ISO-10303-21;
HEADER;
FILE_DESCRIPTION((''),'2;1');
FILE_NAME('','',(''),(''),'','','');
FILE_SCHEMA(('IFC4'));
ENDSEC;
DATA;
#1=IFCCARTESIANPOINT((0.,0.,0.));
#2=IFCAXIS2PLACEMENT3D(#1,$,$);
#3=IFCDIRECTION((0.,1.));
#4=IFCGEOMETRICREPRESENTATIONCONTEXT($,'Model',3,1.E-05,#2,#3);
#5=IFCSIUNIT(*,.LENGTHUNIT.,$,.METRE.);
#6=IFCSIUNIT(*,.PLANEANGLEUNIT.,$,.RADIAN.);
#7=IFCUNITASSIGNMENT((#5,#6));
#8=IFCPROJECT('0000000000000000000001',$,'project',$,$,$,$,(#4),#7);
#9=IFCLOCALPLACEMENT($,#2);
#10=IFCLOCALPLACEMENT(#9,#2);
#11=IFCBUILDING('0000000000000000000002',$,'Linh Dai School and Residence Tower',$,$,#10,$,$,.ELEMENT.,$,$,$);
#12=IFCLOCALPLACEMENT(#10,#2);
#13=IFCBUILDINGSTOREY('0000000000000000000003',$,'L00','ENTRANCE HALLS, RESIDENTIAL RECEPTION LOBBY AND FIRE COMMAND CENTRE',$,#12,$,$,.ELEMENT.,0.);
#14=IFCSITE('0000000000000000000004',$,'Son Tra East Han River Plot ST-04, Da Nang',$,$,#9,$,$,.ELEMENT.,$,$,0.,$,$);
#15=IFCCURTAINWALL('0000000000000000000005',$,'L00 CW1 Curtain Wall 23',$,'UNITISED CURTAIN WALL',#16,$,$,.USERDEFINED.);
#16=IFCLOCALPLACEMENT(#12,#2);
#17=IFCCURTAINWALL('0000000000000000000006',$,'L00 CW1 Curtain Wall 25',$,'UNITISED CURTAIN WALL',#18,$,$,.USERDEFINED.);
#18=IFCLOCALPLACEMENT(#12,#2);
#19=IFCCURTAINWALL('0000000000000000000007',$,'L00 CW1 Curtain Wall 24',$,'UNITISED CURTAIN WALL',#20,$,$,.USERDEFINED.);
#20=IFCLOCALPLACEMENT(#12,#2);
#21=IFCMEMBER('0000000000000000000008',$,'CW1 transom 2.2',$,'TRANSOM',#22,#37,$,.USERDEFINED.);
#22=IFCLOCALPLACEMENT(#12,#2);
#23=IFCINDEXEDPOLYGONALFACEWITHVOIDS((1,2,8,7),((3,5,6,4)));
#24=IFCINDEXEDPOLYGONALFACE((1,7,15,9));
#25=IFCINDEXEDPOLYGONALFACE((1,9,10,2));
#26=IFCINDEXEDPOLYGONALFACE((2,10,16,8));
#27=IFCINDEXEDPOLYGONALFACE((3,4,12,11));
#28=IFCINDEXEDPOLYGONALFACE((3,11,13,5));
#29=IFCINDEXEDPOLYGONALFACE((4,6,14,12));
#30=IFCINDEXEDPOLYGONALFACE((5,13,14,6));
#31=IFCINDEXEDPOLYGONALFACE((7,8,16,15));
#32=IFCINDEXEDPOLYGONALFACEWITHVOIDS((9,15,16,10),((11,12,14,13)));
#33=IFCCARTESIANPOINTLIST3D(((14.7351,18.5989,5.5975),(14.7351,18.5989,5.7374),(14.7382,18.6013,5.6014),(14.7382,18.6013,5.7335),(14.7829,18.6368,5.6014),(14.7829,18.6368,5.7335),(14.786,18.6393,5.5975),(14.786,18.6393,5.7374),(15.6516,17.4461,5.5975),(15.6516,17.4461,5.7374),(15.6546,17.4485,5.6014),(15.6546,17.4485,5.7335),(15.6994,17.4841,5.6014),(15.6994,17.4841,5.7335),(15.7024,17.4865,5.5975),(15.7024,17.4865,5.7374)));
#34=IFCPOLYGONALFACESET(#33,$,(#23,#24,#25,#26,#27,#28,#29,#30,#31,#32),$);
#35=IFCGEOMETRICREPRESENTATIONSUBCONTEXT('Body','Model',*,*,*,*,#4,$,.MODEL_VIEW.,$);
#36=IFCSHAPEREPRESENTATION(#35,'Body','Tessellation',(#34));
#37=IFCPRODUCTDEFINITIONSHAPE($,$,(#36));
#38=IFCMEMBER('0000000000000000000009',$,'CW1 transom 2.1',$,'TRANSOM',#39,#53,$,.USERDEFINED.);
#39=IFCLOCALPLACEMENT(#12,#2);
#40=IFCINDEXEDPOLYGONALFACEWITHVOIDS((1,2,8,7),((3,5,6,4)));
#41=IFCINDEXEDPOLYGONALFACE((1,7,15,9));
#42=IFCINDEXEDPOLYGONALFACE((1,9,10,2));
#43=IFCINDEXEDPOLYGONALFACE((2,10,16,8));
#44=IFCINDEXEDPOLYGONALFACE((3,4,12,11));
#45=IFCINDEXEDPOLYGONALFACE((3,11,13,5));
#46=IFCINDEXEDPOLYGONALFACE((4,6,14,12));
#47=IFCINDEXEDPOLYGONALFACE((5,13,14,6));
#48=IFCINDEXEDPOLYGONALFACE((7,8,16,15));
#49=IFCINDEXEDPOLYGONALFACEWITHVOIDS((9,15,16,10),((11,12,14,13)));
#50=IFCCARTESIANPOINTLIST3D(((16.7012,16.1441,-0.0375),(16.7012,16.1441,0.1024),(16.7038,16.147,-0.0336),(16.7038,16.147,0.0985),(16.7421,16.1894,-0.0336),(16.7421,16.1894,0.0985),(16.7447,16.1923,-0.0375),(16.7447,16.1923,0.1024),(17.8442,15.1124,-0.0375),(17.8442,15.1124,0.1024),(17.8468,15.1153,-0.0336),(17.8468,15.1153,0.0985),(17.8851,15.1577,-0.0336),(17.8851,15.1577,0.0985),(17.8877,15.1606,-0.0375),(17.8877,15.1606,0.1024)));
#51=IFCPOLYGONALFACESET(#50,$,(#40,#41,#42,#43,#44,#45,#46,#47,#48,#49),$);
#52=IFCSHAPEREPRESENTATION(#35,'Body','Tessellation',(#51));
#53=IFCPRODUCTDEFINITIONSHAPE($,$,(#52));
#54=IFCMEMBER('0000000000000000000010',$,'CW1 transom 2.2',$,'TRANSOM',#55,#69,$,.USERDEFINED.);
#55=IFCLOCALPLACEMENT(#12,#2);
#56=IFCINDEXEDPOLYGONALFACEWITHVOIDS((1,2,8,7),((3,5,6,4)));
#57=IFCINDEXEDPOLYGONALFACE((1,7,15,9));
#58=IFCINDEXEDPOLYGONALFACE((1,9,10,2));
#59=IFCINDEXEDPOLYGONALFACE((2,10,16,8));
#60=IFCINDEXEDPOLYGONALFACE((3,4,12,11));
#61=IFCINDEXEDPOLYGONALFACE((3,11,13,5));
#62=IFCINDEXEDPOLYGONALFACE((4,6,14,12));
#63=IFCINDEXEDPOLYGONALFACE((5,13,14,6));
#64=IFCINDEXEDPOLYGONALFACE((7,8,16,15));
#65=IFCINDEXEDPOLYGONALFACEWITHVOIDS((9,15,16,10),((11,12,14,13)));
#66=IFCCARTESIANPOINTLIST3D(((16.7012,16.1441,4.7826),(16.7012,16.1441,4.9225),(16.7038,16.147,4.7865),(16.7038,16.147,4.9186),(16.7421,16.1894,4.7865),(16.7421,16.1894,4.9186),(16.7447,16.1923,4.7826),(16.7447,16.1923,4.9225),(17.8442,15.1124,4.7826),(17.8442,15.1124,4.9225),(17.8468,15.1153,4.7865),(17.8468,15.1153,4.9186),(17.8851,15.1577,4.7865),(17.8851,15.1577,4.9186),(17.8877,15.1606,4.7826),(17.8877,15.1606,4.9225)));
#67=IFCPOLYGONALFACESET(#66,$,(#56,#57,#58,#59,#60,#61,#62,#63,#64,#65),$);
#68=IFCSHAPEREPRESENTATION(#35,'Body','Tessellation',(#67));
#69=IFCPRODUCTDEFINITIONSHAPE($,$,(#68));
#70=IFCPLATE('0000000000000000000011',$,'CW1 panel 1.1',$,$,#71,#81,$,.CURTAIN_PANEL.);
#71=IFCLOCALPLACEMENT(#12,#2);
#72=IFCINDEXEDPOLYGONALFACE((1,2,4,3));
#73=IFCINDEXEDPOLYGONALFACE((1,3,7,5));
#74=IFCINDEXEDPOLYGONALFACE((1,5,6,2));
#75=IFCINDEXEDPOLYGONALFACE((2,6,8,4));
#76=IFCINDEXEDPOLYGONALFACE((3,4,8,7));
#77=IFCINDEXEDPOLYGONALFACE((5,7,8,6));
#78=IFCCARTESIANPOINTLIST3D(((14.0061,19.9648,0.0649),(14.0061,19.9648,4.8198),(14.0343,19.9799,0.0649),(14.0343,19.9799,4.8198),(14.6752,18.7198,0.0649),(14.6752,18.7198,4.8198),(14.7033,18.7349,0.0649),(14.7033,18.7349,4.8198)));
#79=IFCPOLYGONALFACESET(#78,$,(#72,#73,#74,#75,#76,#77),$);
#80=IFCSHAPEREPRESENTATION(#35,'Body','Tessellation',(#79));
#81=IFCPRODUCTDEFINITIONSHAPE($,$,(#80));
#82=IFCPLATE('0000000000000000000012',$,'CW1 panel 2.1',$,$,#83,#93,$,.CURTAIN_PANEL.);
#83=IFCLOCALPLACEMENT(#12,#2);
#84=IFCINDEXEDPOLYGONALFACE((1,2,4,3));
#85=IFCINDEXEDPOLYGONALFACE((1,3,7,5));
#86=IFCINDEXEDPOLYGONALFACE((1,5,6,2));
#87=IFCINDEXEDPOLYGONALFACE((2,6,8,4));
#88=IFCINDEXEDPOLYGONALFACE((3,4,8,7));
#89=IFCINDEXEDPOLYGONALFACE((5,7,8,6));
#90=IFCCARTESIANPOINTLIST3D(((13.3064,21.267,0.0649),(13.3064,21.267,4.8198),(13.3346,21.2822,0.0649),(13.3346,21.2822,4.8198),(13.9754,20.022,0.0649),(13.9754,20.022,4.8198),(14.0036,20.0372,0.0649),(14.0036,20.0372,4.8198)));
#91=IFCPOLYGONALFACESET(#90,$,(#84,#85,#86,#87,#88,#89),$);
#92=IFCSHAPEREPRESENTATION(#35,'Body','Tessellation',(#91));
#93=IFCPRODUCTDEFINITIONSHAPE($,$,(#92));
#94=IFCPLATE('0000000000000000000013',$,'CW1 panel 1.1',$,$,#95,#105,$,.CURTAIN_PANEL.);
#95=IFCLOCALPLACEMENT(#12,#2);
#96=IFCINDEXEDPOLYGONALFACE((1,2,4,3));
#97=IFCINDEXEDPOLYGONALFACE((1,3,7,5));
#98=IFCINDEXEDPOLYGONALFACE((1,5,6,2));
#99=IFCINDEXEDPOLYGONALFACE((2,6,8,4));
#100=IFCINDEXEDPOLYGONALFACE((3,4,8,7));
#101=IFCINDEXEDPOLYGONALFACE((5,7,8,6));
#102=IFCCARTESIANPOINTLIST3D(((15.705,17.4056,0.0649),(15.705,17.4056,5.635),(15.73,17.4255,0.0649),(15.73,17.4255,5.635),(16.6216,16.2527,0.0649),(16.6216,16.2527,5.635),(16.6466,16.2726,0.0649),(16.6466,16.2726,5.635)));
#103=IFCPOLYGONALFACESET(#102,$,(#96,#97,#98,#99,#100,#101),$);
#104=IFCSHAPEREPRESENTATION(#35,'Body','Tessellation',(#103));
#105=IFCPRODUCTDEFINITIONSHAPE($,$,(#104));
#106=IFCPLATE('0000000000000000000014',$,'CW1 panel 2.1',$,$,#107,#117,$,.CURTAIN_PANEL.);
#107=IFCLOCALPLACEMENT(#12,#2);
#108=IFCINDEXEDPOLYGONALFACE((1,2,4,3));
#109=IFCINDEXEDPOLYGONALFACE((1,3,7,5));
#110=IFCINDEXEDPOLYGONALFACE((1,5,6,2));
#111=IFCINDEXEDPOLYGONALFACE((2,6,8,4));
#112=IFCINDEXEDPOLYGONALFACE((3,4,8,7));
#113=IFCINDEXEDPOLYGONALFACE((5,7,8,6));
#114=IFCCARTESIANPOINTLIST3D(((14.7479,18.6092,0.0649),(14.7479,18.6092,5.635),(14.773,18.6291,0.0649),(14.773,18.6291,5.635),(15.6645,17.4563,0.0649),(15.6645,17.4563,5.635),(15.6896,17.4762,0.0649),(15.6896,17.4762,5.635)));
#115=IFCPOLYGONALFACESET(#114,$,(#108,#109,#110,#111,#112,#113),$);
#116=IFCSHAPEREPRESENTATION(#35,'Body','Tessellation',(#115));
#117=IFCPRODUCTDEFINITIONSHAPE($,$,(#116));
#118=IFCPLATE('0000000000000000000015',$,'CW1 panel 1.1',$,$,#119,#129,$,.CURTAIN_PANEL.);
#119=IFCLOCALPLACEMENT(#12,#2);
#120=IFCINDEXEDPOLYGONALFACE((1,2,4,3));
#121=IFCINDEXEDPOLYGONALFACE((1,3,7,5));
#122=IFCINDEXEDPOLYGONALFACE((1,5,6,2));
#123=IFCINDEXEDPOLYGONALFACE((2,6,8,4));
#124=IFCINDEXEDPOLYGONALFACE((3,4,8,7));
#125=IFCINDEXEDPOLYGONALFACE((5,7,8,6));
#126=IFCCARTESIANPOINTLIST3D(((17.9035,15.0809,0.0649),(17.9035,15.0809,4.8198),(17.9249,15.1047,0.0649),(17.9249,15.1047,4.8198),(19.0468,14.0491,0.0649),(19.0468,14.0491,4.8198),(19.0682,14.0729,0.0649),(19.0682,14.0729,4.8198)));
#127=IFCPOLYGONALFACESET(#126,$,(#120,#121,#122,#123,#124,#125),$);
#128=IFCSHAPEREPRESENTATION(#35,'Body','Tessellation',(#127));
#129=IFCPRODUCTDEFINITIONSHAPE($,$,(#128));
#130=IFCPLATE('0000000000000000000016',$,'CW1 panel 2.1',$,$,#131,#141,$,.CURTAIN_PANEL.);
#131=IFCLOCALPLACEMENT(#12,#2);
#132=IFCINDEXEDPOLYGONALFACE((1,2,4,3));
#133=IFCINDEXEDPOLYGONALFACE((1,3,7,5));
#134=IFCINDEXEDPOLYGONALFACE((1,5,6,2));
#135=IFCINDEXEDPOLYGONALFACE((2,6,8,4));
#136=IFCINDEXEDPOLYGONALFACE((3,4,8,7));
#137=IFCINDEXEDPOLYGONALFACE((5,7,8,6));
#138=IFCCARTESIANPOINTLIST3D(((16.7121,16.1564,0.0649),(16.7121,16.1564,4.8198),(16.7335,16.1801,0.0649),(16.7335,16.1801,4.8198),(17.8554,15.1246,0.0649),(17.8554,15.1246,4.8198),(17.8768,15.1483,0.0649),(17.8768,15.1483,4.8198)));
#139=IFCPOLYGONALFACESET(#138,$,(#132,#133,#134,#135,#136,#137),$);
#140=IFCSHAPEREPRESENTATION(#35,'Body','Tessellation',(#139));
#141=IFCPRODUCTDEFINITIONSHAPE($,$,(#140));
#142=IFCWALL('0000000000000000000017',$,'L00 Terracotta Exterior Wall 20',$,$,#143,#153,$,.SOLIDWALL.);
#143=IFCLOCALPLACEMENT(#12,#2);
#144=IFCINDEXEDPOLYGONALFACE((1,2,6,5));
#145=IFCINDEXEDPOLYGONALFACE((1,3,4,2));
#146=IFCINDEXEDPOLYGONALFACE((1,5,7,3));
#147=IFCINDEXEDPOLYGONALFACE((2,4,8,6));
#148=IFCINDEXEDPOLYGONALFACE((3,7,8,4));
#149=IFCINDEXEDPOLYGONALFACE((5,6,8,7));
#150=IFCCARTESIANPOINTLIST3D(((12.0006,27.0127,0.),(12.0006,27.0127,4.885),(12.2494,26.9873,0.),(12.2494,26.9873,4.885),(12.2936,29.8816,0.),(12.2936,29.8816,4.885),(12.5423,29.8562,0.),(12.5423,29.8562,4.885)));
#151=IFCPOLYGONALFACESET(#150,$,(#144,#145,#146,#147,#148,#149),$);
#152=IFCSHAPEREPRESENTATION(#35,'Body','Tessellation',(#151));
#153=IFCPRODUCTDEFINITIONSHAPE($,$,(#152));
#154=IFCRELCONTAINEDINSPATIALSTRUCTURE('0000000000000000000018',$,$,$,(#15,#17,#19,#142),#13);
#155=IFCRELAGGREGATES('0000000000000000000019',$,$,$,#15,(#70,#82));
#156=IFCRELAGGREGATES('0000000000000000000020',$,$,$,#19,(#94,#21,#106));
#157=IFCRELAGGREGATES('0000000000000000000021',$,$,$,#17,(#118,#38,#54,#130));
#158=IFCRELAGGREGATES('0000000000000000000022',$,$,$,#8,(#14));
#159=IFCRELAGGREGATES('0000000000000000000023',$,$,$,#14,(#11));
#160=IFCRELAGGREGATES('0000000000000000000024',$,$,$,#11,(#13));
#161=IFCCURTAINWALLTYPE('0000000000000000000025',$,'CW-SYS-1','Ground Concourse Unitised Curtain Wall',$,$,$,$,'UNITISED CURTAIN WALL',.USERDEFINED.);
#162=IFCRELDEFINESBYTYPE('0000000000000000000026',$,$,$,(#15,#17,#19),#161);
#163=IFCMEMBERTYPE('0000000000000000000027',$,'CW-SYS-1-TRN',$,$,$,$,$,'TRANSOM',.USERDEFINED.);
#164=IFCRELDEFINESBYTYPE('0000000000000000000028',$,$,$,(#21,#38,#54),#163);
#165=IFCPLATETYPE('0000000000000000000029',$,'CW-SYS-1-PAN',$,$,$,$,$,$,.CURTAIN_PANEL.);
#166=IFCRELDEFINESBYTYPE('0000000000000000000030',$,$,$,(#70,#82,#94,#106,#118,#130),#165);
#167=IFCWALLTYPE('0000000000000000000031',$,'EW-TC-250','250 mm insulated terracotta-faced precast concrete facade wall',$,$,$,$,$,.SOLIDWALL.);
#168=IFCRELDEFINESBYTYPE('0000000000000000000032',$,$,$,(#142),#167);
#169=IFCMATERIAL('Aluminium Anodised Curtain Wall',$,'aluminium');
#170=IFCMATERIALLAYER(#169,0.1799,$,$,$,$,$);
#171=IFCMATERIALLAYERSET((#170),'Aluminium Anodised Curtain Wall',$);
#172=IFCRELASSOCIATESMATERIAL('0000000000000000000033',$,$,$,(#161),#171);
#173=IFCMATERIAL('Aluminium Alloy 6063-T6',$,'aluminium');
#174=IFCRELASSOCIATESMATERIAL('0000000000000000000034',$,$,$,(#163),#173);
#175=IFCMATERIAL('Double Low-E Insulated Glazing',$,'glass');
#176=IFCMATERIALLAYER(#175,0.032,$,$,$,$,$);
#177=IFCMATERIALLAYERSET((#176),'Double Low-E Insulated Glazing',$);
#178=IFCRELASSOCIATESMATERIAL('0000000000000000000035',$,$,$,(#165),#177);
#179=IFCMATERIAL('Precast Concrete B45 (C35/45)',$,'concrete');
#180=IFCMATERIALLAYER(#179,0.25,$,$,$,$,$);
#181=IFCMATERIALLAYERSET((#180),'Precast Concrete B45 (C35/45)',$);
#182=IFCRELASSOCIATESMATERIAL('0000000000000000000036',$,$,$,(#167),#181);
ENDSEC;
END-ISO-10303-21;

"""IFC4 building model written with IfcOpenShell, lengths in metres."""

from ifc_helpers import new_model, si_unit, direction, frame, frame_2d, origin, origin_2d, place, context, subcontext, project, spatial, rectangle, hollow_rectangle, extrude, source, transform, mapped, material, layer, layer_set, material_profile, profile_set, type_object, element, aggregate, save


model = new_model("IFC4")

# Units and contexts
model_context = context("Model", 3, precision=1e-05, world=origin(), true_north=direction((0.0, 1.0)))
body_context = subcontext(model_context, "Body", "Model", "MODEL_VIEW")
ifc_project = project(units=[si_unit("LENGTHUNIT", "METRE"), si_unit("PLANEANGLEUNIT", "RADIAN")], contexts=[model_context])

# Site, building, storey
site_placement = place(None, origin())
site = spatial("IfcSite", under=ifc_project, at=site_placement, Name="Son Tra East Han River Plot ST-04, Da Nang", CompositionType="ELEMENT", RefElevation=0.0)
building_placement = place(site_placement, origin())
building = spatial("IfcBuilding", under=site, at=building_placement, Name="Linh Dai School and Residence Tower", CompositionType="ELEMENT")
storey_placement = place(building_placement, origin())
storey = spatial("IfcBuildingStorey", under=building, at=storey_placement, Name="L00", Description="ENTRANCE HALLS, RESIDENTIAL RECEPTION LOBBY AND FIRE COMMAND CENTRE", CompositionType="ELEMENT", Elevation=0.0)

# Curtain walls
ifc_material_1 = material(Name="Aluminium Anodised Curtain Wall", Category="aluminium")
ifc_layer_1 = layer(ifc_material_1, 0.1799)
ifc_layer_set_1 = layer_set([ifc_layer_1], Name="Aluminium Anodised Curtain Wall")
curtain_wall_type = type_object("IfcCurtainWallType", Name="CW-SYS-1", Description="Ground Concourse Unitised Curtain Wall", ElementType="UNITISED CURTAIN WALL", PredefinedType="USERDEFINED", material=ifc_layer_set_1)
curtain_wall_1_placement = place(storey_placement, origin())
curtain_wall_1 = element("IfcCurtainWall", 1, at=curtain_wall_1_placement, inside=storey, type_object=curtain_wall_type, Name="L00 CW1 Curtain Wall 23", ObjectType="UNITISED CURTAIN WALL", PredefinedType="USERDEFINED")
ifc_material_2 = material(Name="Aluminium Alloy 6063-T6", Category="aluminium")
curtain_wall_2_placement = place(storey_placement, origin())
curtain_wall_2 = element("IfcCurtainWall", 2, at=curtain_wall_2_placement, inside=storey, type_object=curtain_wall_type, Name="L00 CW1 Curtain Wall 25", ObjectType="UNITISED CURTAIN WALL", PredefinedType="USERDEFINED")

# Shared definitions
ifc_material_profile_1 = material_profile(ifc_material_2, hollow_rectangle(XDim=0.0649, YDim=0.1399, WallThickness=0.0039, at=origin_2d()), Name="RHS 140x65x4")
ifc_profile_set_1 = profile_set([ifc_material_profile_1], Name="Aluminium Alloy 6063-T6")
member_type_1 = type_object("IfcMemberType", Name="CW-SYS-1-TRN", ElementType="TRANSOM", PredefinedType="USERDEFINED", material=ifc_profile_set_1)

# Curtain wall, member
curtain_wall_3_placement = place(storey_placement, origin())
curtain_wall_3 = element("IfcCurtainWall", 3, at=curtain_wall_3_placement, inside=storey, type_object=curtain_wall_type, Name="L00 CW1 Curtain Wall 24", ObjectType="UNITISED CURTAIN WALL", PredefinedType="USERDEFINED")
shared_shape_1 = source(origin(), body_context, "Body", "SweptSolid", [
    extrude(hollow_rectangle(XDim=0.0649, YDim=0.1399, WallThickness=0.0039, at=origin_2d()), origin(), (0.0, 0.0, 1.0), 1.4727),
])
member_1_placement = place(storey_placement, frame((15.677, 17.4663, 5.6675), z_axis=(-0.622307, 0.782774, 0.0), x_axis=(-0.782774, -0.622307, 0.0)))
member_1 = element("IfcMember", 4, at=member_1_placement, type_object=member_type_1, Name="CW1 transom 2.2", ObjectType="TRANSOM", PredefinedType="USERDEFINED", context=body_context, shape_type="MappedRepresentation", body=[
    mapped(shared_shape_1, transform((0.0, 0.0, 0.0), x_axis=(1.0, 0.0, 0.0), y_axis=(0.0, 1.0, 0.0), z_axis=(0.0, 0.0, 1.0), scale=1.0)),
])

# Members
shared_shape_2 = source(origin(), body_context, "Body", "SweptSolid", [
    extrude(hollow_rectangle(XDim=0.0649, YDim=0.1399, WallThickness=0.0039, at=origin_2d()), origin(), (0.0, 0.0, 1.0), 1.5398),
])
member_2_placement = place(storey_placement, frame((17.866, 15.1365, 0.0325), z_axis=(-0.742332, 0.670033, 0.0), x_axis=(-0.670033, -0.742332, 0.0)))
member_2 = element("IfcMember", 5, at=member_2_placement, type_object=member_type_1, Name="CW1 transom 2.1", ObjectType="TRANSOM", PredefinedType="USERDEFINED", context=body_context, shape_type="MappedRepresentation", body=[
    mapped(shared_shape_2, transform((0.0, 0.0, 0.0), x_axis=(1.0, 0.0, 0.0), y_axis=(0.0, 1.0, 0.0), z_axis=(0.0, 0.0, 1.0), scale=1.0)),
])
member_3_placement = place(storey_placement, frame((17.866, 15.1365, 4.8525), z_axis=(-0.742332, 0.670033, 0.0), x_axis=(-0.670033, -0.742332, 0.0)))
member_3 = element("IfcMember", 6, at=member_3_placement, type_object=member_type_1, Name="CW1 transom 2.2", ObjectType="TRANSOM", PredefinedType="USERDEFINED", context=body_context, shape_type="MappedRepresentation", body=[
    mapped(shared_shape_2, transform((0.0, 0.0, 0.0), x_axis=(1.0, 0.0, 0.0), y_axis=(0.0, 1.0, 0.0), z_axis=(0.0, 0.0, 1.0), scale=1.0)),
])

# Plates
ifc_material_3 = material(Name="Double Low-E Insulated Glazing", Category="glass")
ifc_layer_2 = layer(ifc_material_3, 0.032)
ifc_layer_set_2 = layer_set([ifc_layer_2], Name="Double Low-E Insulated Glazing")
plate_type = type_object("IfcPlateType", Name="CW-SYS-1-PAN", PredefinedType="CURTAIN_PANEL", material=ifc_layer_set_2)
shared_shape_3 = source(origin(), body_context, "Body", "SweptSolid", [
    extrude(rectangle(XDim=1.4133, YDim=0.032, at=origin_2d()), origin(), (0.0, 0.0, 1.0), 4.7549),
])
plate_1_placement = place(storey_placement, frame((14.3547, 19.3499, 0.0649), z_axis=(0.0, 0.0, 1.0), x_axis=(-0.473355, 0.880872, 0.0)))
plate_1 = element("IfcPlate", 7, at=plate_1_placement, type_object=plate_type, Name="CW1 panel 1.1", PredefinedType="CURTAIN_PANEL", context=body_context, shape_type="MappedRepresentation", body=[
    mapped(shared_shape_3, transform((0.0, 0.0, 0.0), x_axis=(1.0, 0.0, 0.0), y_axis=(0.0, 1.0, 0.0), z_axis=(0.0, 0.0, 1.0), scale=1.0)),
])
plate_2_placement = place(storey_placement, frame((13.655, 20.6521, 0.0649), z_axis=(0.0, 0.0, 1.0), x_axis=(-0.473355, 0.880872, 0.0)))
plate_2 = element("IfcPlate", 8, at=plate_2_placement, type_object=plate_type, Name="CW1 panel 2.1", PredefinedType="CURTAIN_PANEL", context=body_context, shape_type="MappedRepresentation", body=[
    mapped(shared_shape_3, transform((0.0, 0.0, 0.0), x_axis=(1.0, 0.0, 0.0), y_axis=(0.0, 1.0, 0.0), z_axis=(0.0, 0.0, 1.0), scale=1.0)),
])
aggregate(curtain_wall_1, [plate_1, plate_2])
shared_shape_4 = source(origin(), body_context, "Body", "SweptSolid", [
    extrude(rectangle(XDim=1.4729, YDim=0.032, at=origin_2d()), origin(), (0.0, 0.0, 1.0), 5.5701),
])
plate_3_placement = place(storey_placement, frame((16.1758, 16.8391, 0.0649), z_axis=(0.0, 0.0, 1.0), x_axis=(-0.62231, 0.782771, 0.0)))
plate_3 = element("IfcPlate", 9, at=plate_3_placement, type_object=plate_type, Name="CW1 panel 1.1", PredefinedType="CURTAIN_PANEL", context=body_context, shape_type="MappedRepresentation", body=[
    mapped(shared_shape_4, transform((0.0, 0.0, 0.0), x_axis=(1.0, 0.0, 0.0), y_axis=(0.0, 1.0, 0.0), z_axis=(0.0, 0.0, 1.0), scale=1.0)),
])
plate_4_placement = place(storey_placement, frame((15.2188, 18.0427, 0.0649), z_axis=(0.0, 0.0, 1.0), x_axis=(-0.62231, 0.782771, 0.0)))
plate_4 = element("IfcPlate", 10, at=plate_4_placement, type_object=plate_type, Name="CW1 panel 2.1", PredefinedType="CURTAIN_PANEL", context=body_context, shape_type="MappedRepresentation", body=[
    mapped(shared_shape_4, transform((0.0, 0.0, 0.0), x_axis=(1.0, 0.0, 0.0), y_axis=(0.0, 1.0, 0.0), z_axis=(0.0, 0.0, 1.0), scale=1.0)),
])
aggregate(curtain_wall_3, [plate_3, member_1, plate_4])
shared_shape_5 = source(origin(), body_context, "Body", "SweptSolid", [
    extrude(rectangle(XDim=1.54, YDim=0.032, at=origin_2d()), origin(), (0.0, 0.0, 1.0), 4.7549),
])
plate_5_placement = place(storey_placement, frame((18.4858, 14.5769, 0.0649), z_axis=(0.0, 0.0, 1.0), x_axis=(-0.742366, 0.669995, 0.0)))
plate_5 = element("IfcPlate", 11, at=plate_5_placement, type_object=plate_type, Name="CW1 panel 1.1", PredefinedType="CURTAIN_PANEL", context=body_context, shape_type="MappedRepresentation", body=[
    mapped(shared_shape_5, transform((0.0, 0.0, 0.0), x_axis=(1.0, 0.0, 0.0), y_axis=(0.0, 1.0, 0.0), z_axis=(0.0, 0.0, 1.0), scale=1.0)),
])
plate_6_placement = place(storey_placement, frame((17.2944, 15.6523, 0.0649), z_axis=(0.0, 0.0, 1.0), x_axis=(-0.742366, 0.669995, 0.0)))
plate_6 = element("IfcPlate", 12, at=plate_6_placement, type_object=plate_type, Name="CW1 panel 2.1", PredefinedType="CURTAIN_PANEL", context=body_context, shape_type="MappedRepresentation", body=[
    mapped(shared_shape_5, transform((0.0, 0.0, 0.0), x_axis=(1.0, 0.0, 0.0), y_axis=(0.0, 1.0, 0.0), z_axis=(0.0, 0.0, 1.0), scale=1.0)),
])
aggregate(curtain_wall_2, [plate_5, member_2, member_3, plate_6])

# Wall
ifc_material_4 = material(Name="Precast Concrete B45 (C35/45)", Category="concrete")
ifc_layer_3 = layer(ifc_material_4, 0.25)
ifc_layer_set_3 = layer_set([ifc_layer_3], Name="Precast Concrete B45 (C35/45)")
wall_type_1 = type_object("IfcWallType", Name="EW-TC-250", Description="250 mm insulated terracotta-faced precast concrete facade wall", PredefinedType="SOLIDWALL", material=ifc_layer_set_3)
wall_1_placement = place(storey_placement, frame((12.125, 27.0, 0.0), z_axis=(0.0, 0.0, 1.0), x_axis=(0.101591, 0.994826, 0.0)))
element("IfcWall", 13, at=wall_1_placement, inside=storey, type_object=wall_type_1, Name="L00 Terracotta Exterior Wall 20", PredefinedType="SOLIDWALL", context=body_context, shape_type="SweptSolid", body=[
    extrude(rectangle(XDim=2.8838, YDim=0.25, at=frame_2d((1.4419, 0.0))), origin(), (0.0, 0.0, 1.0), 4.885),
])

save(model, "model.ifc")
